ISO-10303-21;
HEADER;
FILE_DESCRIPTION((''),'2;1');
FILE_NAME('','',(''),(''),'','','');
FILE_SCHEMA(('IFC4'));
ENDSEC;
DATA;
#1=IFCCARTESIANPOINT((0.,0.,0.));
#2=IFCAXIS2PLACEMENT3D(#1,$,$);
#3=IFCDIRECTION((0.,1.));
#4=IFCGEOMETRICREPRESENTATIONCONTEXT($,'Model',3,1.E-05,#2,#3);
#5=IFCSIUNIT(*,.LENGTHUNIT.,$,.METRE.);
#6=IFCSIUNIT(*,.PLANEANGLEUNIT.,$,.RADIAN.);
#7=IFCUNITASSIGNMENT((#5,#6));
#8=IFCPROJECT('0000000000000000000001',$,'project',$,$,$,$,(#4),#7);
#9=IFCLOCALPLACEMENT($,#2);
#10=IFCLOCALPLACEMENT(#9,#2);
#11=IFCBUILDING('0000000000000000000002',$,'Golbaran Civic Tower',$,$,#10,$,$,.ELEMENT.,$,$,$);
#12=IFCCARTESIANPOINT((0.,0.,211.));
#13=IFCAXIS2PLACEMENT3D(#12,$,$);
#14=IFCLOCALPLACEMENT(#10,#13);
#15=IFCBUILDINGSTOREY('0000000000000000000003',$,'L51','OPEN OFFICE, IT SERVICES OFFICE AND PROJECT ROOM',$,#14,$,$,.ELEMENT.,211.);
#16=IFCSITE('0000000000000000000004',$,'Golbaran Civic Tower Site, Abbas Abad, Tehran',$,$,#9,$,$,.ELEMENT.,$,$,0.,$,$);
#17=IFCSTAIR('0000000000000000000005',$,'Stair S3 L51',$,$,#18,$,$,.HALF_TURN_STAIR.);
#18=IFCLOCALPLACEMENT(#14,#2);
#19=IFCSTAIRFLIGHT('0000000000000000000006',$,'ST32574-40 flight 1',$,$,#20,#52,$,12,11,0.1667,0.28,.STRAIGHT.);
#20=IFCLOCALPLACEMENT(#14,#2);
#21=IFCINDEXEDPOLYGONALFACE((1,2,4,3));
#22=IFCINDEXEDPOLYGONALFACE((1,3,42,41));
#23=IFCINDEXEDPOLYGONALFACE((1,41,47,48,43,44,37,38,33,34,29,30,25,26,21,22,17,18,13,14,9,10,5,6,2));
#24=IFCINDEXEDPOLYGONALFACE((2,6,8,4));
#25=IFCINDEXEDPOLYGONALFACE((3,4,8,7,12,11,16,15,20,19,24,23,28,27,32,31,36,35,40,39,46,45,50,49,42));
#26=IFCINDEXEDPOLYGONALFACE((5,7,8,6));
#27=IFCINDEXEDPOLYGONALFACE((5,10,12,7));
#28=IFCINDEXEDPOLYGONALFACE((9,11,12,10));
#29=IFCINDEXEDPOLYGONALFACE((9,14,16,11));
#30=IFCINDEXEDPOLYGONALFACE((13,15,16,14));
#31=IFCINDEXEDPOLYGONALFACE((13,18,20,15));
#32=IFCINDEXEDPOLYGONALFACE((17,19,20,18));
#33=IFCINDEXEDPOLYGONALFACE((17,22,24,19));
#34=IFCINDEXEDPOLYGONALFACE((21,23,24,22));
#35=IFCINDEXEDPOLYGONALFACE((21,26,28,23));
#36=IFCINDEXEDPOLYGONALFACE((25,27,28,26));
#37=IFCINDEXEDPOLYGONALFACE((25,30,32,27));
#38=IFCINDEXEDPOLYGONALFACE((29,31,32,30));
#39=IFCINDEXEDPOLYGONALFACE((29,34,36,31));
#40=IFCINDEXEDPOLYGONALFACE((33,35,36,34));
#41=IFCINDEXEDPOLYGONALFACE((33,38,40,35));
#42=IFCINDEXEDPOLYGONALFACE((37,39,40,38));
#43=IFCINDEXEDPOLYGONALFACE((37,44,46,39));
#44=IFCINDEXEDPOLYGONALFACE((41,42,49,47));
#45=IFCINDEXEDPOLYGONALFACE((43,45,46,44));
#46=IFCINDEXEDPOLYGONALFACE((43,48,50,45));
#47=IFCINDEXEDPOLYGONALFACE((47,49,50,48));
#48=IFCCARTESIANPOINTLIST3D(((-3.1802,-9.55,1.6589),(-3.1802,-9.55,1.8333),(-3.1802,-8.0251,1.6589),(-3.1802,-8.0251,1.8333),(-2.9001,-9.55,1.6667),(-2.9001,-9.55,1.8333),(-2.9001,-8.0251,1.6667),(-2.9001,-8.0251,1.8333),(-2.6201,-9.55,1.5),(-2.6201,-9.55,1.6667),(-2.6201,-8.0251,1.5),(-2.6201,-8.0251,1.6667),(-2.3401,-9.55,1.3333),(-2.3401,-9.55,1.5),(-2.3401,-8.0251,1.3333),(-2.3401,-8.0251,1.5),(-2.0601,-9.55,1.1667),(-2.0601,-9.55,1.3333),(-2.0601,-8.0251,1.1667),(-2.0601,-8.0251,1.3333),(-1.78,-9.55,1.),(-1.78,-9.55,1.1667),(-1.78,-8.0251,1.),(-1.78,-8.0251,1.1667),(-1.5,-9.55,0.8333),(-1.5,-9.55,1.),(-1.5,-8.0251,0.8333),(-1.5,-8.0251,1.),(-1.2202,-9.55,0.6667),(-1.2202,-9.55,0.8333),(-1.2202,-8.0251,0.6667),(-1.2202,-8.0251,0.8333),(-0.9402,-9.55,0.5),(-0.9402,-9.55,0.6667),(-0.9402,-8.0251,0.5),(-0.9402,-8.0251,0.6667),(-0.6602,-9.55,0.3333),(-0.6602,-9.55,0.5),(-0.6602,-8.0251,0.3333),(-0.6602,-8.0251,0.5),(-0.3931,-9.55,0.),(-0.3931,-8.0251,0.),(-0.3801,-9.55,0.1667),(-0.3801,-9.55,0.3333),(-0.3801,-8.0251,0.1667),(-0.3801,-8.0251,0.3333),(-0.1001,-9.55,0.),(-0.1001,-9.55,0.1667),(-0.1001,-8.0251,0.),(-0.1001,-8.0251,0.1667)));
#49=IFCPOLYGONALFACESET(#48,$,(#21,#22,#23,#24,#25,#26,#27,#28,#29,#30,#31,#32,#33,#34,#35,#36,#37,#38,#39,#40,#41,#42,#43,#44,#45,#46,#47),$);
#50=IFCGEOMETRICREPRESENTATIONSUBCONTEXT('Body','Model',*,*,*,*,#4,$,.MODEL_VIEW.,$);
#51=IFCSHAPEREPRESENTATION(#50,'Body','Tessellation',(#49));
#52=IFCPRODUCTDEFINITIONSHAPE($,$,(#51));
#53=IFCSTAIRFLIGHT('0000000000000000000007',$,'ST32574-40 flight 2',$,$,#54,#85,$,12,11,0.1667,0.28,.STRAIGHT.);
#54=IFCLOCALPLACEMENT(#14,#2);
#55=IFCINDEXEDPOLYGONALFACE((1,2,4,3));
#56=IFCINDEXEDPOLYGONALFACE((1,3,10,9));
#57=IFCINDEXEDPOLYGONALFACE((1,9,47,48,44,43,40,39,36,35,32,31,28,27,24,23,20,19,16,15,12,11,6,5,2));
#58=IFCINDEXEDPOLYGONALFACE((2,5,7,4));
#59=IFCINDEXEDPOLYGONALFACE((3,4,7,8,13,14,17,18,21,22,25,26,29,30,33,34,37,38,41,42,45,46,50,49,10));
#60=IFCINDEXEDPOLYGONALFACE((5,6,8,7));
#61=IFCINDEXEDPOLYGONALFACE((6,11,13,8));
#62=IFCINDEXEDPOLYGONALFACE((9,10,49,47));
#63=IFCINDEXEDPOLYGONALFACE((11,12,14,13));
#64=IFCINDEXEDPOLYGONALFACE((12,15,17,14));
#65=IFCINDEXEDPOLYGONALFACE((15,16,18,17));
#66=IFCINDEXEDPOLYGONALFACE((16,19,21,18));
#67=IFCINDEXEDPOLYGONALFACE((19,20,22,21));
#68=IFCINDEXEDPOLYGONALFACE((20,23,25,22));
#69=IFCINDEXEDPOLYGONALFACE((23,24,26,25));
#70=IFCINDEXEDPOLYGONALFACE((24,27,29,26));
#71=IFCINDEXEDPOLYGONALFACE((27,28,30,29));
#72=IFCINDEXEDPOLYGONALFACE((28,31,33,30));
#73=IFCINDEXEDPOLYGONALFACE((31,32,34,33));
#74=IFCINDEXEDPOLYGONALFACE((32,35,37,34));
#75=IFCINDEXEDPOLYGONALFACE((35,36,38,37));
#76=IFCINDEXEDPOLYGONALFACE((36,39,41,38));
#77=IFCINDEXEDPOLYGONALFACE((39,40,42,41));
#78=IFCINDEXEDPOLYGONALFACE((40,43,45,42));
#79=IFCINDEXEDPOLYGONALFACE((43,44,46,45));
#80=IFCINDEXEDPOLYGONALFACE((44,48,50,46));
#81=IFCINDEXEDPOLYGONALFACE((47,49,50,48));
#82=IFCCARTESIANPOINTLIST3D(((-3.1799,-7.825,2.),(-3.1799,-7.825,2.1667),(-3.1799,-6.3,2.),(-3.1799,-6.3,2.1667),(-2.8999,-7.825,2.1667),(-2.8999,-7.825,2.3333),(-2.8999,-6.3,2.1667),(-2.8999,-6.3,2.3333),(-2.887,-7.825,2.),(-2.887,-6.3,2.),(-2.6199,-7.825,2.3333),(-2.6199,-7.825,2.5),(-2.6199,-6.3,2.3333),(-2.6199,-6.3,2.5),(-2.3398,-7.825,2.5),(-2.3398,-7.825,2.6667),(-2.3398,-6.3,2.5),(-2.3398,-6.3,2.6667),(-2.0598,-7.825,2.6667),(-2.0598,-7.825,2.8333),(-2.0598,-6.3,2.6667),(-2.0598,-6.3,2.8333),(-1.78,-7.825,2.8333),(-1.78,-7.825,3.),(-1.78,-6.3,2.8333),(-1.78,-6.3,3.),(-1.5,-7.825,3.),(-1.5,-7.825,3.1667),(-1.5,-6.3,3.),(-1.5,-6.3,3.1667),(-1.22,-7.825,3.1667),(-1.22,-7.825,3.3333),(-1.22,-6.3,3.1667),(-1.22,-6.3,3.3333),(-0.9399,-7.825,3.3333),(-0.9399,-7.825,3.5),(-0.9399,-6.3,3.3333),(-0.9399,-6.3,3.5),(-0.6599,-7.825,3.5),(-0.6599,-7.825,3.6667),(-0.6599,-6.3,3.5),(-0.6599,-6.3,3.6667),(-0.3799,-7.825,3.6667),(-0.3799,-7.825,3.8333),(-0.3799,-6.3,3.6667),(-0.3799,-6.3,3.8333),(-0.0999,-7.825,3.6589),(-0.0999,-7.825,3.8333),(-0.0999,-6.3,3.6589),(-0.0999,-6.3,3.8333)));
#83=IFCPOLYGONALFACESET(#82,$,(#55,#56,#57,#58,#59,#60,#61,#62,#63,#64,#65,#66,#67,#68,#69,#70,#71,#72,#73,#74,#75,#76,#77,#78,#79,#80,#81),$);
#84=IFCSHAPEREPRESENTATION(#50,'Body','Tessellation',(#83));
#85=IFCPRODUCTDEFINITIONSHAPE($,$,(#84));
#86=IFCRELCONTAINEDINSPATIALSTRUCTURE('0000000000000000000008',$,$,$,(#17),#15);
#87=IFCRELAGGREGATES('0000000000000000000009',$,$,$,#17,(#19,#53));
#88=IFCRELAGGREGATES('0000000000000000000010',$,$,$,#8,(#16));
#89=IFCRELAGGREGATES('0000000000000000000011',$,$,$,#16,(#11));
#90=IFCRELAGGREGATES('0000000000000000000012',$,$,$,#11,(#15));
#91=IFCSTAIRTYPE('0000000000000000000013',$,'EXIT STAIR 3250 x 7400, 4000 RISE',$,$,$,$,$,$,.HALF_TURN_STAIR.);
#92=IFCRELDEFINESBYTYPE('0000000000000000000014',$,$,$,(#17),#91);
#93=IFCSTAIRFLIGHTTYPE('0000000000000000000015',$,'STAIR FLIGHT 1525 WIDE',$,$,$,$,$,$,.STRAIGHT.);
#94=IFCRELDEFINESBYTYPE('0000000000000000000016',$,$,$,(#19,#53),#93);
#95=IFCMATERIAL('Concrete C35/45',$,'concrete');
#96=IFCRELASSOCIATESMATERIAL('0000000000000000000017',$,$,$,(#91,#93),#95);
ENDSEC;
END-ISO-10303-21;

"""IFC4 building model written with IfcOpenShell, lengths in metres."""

from ifc_helpers import new_model, si_unit, direction, frame, origin, place, context, subcontext, project, spatial, polyline, outline, extrude, material, type_object, element, aggregate, save


model = new_model("IFC4")

# Units and contexts
model_context = context("Model", 3, precision=1e-05, world=origin(), true_north=direction((0.0, 1.0)))
body_context = subcontext(model_context, "Body", "Model", "MODEL_VIEW")
ifc_project = project(units=[si_unit("LENGTHUNIT", "METRE"), si_unit("PLANEANGLEUNIT", "RADIAN")], contexts=[model_context])

# Site, building, storey
site_placement = place(None, origin())
site = spatial("IfcSite", under=ifc_project, at=site_placement, Name="Golbaran Civic Tower Site, Abbas Abad, Tehran", CompositionType="ELEMENT", RefElevation=0.0)
building_placement = place(site_placement, origin())
building = spatial("IfcBuilding", under=site, at=building_placement, Name="Golbaran Civic Tower", CompositionType="ELEMENT")
storey_placement = place(building_placement, frame((0.0, 0.0, 211.0)))
storey = spatial("IfcBuildingStorey", under=building, at=storey_placement, Name="L51", Description="OPEN OFFICE, IT SERVICES OFFICE AND PROJECT ROOM", CompositionType="ELEMENT", Elevation=211.0)

# Stair, stair flights
ifc_material_1 = material(Name="Concrete C35/45", Category="concrete")
stair_type = type_object("IfcStairType", Name="EXIT STAIR 3250 x 7400, 4000 RISE", PredefinedType="HALF_TURN_STAIR", material=ifc_material_1)
stair_placement = place(storey_placement, origin())
stair = element("IfcStair", 1, at=stair_placement, inside=storey, type_object=stair_type, Name="Stair S3 L51", PredefinedType="HALF_TURN_STAIR")
stair_flight_type = type_object("IfcStairFlightType", Name="STAIR FLIGHT 1525 WIDE", PredefinedType="STRAIGHT", material=ifc_material_1)
stair_flight_1_placement = place(storey_placement, frame((-0.1001, -8.7876, 0.0), z_axis=(0.0, 0.0, 1.0), x_axis=(-1.0, 0.0, 0.0)))
stair_flight_1 = element("IfcStairFlight", 2, at=stair_flight_1_placement, type_object=stair_flight_type, Name="ST32574-40 flight 1", NumberOfRisers=12, NumberOfTreads=11, PredefinedType="STRAIGHT", RiserHeight=0.1667, TreadLength=0.28, context=body_context, shape_type="SweptSolid", body=[
    extrude(outline(polyline([(0.0, 0.0), (0.0, 0.1667), (0.28, 0.1667), (0.28, 0.3333), (0.5601, 0.3333), (0.5601, 0.5), (0.8401, 0.5), (0.8401, 0.6667), (1.1201, 0.6667), (1.1201, 0.8333), (1.3999, 0.8333), (1.3999, 1.0), (1.6799, 1.0), (1.6799, 1.1667), (1.96, 1.1667), (1.96, 1.3333), (2.24, 1.3333), (2.24, 1.5), (2.52, 1.5), (2.52, 1.6667), (2.8, 1.6667), (2.8, 1.8333), (3.0801, 1.8333), (3.0801, 2.0), (3.0801, 1.6589), (0.293, 0.0), (0.0, 0.0)])), frame((0.0, 0.7625, 0.0), z_axis=(0.0, -1.0, 0.0), x_axis=(1.0, 0.0, 0.0)), (0.0, 0.0, 1.0), 1.5249),
])
stair_flight_2_placement = place(storey_placement, frame((-3.1799, -7.0625, 2.0), z_axis=(0.0, 0.0, 1.0), x_axis=(1.0, 0.0, 0.0)))
stair_flight_2 = element("IfcStairFlight", 3, at=stair_flight_2_placement, type_object=stair_flight_type, Name="ST32574-40 flight 2", NumberOfRisers=12, NumberOfTreads=11, PredefinedType="STRAIGHT", RiserHeight=0.1667, TreadLength=0.28, context=body_context, shape_type="SweptSolid", body=[
    extrude(outline(polyline([(0.0, 0.0), (0.0, 0.1667), (0.28, 0.1667), (0.28, 0.3333), (0.5601, 0.3333), (0.5601, 0.5), (0.8401, 0.5), (0.8401, 0.6667), (1.1201, 0.6667), (1.1201, 0.8333), (1.3999, 0.8333), (1.3999, 1.0), (1.6799, 1.0), (1.6799, 1.1667), (1.96, 1.1667), (1.96, 1.3333), (2.24, 1.3333), (2.24, 1.5), (2.52, 1.5), (2.52, 1.6667), (2.8, 1.6667), (2.8, 1.8333), (3.0801, 1.8333), (3.0801, 2.0), (3.0801, 1.6589), (0.293, 0.0), (0.0, 0.0)])), frame((0.0, 0.7625, 0.0), z_axis=(0.0, -1.0, 0.0), x_axis=(1.0, 0.0, 0.0)), (0.0, 0.0, 1.0), 1.5249),
])
aggregate(stair, [stair_flight_1, stair_flight_2])

save(model, "model.ifc")
